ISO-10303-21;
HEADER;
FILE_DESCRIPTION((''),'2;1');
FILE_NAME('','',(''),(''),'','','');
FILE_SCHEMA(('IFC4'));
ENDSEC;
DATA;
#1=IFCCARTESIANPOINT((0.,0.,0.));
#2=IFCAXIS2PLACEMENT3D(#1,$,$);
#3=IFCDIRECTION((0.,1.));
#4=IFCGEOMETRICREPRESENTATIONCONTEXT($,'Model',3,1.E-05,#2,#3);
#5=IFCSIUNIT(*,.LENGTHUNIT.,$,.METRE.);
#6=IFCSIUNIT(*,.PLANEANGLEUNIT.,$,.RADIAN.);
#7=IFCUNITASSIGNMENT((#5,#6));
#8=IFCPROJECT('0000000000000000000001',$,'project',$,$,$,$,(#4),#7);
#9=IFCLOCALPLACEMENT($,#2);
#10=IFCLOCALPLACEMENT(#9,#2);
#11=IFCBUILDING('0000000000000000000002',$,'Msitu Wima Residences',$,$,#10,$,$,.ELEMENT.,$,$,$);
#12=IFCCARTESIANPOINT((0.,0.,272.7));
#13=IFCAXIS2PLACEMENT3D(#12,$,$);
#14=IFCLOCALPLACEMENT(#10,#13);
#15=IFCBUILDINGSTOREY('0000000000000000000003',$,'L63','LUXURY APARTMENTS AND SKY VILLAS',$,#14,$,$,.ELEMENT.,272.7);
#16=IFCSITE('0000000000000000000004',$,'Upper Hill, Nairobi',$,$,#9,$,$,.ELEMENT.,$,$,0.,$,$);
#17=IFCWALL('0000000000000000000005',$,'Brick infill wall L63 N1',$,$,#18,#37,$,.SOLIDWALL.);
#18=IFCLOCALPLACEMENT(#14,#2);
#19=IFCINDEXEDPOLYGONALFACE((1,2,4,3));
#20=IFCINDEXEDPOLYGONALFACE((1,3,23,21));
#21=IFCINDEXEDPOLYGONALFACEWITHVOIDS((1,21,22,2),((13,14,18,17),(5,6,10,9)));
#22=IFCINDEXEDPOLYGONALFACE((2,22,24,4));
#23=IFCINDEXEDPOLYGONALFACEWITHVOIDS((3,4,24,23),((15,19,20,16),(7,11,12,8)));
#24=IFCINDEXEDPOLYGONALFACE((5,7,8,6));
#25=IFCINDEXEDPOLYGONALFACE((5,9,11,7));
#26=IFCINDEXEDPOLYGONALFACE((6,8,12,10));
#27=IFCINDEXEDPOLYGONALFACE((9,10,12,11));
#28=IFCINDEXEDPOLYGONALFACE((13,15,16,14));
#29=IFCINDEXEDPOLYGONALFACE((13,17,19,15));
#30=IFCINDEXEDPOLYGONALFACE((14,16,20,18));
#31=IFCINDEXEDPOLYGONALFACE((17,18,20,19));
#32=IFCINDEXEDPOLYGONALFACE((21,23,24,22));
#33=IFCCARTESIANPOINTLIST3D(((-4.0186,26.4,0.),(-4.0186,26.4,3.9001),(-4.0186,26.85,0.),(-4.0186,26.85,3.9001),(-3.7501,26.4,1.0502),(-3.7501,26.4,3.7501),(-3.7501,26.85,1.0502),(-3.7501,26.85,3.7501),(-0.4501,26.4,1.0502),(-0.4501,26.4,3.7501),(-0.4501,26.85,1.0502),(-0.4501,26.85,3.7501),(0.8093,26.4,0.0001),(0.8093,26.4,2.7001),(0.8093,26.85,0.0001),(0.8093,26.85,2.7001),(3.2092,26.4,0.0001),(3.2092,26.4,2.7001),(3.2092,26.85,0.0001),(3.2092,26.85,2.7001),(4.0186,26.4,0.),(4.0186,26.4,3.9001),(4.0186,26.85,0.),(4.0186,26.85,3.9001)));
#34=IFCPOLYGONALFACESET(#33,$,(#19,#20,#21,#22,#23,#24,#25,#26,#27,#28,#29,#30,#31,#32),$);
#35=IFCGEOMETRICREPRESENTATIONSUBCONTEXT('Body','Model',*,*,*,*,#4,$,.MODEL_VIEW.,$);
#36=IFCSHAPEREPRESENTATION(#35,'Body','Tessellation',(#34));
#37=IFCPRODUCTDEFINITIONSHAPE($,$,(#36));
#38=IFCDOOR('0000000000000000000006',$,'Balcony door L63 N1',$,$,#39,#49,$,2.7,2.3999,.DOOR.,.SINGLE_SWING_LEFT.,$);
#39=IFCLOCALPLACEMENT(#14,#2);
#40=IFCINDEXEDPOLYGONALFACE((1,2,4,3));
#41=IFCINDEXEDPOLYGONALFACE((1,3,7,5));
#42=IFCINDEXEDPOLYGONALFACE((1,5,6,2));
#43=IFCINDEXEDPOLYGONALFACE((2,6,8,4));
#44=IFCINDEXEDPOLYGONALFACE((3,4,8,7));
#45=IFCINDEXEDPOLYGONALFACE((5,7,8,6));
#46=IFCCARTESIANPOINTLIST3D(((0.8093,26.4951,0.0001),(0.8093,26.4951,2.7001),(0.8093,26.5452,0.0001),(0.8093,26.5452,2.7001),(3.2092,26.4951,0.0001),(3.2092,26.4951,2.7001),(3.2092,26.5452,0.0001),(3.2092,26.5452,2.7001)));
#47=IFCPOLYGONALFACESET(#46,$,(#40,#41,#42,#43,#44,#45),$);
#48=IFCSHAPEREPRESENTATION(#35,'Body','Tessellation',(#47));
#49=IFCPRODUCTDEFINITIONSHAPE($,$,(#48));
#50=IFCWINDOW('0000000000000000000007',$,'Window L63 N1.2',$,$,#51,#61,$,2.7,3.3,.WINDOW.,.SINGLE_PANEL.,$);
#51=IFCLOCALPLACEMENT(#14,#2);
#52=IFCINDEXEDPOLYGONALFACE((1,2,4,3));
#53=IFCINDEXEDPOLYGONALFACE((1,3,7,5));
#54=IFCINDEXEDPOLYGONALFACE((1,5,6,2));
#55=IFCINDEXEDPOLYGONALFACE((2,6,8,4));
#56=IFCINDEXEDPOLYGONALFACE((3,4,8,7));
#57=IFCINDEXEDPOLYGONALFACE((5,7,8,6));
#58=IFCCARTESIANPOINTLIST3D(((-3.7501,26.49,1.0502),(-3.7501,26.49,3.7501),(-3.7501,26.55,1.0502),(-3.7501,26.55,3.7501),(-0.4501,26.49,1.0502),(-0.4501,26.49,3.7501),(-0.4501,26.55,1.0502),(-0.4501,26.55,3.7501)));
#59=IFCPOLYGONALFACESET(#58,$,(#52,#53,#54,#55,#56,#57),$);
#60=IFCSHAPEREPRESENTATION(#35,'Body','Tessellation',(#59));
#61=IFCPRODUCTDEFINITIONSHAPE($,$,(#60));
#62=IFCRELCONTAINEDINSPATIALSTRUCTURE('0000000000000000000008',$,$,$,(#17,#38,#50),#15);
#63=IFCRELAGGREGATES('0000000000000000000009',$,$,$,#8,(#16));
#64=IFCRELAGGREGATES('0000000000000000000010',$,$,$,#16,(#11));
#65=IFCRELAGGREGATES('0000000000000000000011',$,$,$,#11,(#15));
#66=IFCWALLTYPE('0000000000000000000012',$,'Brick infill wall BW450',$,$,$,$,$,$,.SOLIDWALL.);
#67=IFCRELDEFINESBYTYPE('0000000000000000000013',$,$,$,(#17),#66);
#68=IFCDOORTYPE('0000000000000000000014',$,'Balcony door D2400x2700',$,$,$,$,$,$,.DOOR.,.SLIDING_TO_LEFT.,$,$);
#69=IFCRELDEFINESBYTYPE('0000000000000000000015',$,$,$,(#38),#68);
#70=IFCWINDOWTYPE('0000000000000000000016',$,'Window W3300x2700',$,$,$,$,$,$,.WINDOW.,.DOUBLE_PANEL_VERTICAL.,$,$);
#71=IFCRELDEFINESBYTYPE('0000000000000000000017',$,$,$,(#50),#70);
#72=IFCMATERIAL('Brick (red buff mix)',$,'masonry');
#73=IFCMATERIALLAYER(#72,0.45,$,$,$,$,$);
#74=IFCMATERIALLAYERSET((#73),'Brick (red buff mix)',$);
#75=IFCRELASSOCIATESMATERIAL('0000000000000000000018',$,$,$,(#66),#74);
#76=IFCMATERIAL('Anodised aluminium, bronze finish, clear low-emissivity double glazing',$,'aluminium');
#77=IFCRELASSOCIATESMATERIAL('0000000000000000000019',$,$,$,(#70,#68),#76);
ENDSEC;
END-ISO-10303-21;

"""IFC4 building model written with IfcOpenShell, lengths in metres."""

from ifc_helpers import new_model, si_unit, direction, frame, frame_2d, origin, place, context, subcontext, project, spatial, rectangle, extrude, material, layer, layer_set, type_object, element, fill, save


model = new_model("IFC4")

# Units and contexts
model_context = context("Model", 3, precision=1e-05, world=origin(), true_north=direction((0.0, 1.0)))
body_context = subcontext(model_context, "Body", "Model", "MODEL_VIEW")
ifc_project = project(units=[si_unit("LENGTHUNIT", "METRE"), si_unit("PLANEANGLEUNIT", "RADIAN")], contexts=[model_context])

# Site, building, storey
site_placement = place(None, origin())
site = spatial("IfcSite", under=ifc_project, at=site_placement, Name="Upper Hill, Nairobi", CompositionType="ELEMENT", RefElevation=0.0)
building_placement = place(site_placement, origin())
building = spatial("IfcBuilding", under=site, at=building_placement, Name="Msitu Wima Residences", CompositionType="ELEMENT")
storey_placement = place(building_placement, frame((0.0, 0.0, 272.7)))
storey = spatial("IfcBuildingStorey", under=building, at=storey_placement, Name="L63", Description="LUXURY APARTMENTS AND SKY VILLAS", CompositionType="ELEMENT", Elevation=272.7)

# Shared definitions
ifc_material_1 = material(Name="Brick (red buff mix)", Category="masonry")
ifc_layer_1 = layer(ifc_material_1, 0.45)
ifc_layer_set_1 = layer_set([ifc_layer_1], Name="Brick (red buff mix)")
wall_type_1 = type_object("IfcWallType", Name="Brick infill wall BW450", PredefinedType="SOLIDWALL", material=ifc_layer_set_1)
ifc_material_2 = material(Name="Anodised aluminium, bronze finish, clear low-emissivity double glazing", Category="aluminium")
window_type = type_object("IfcWindowType", Name="Window W3300x2700", PartitioningType="DOUBLE_PANEL_VERTICAL", PredefinedType="WINDOW", material=ifc_material_2)

# Wall, openings, door, window
wall_1_placement = place(storey_placement, frame((4.0186, 26.625, 0.0), z_axis=(0.0, 0.0, 1.0), x_axis=(-1.0, 0.0, 0.0)))
wall_1 = element("IfcWall", 1, at=wall_1_placement, inside=storey, type_object=wall_type_1, Name="Brick infill wall L63 N1", PredefinedType="SOLIDWALL", context=body_context, shape_type="SweptSolid", body=[
    extrude(rectangle(XDim=8.0371, YDim=0.45, at=frame_2d((4.0186, 0.0))), origin(), (0.0, 0.0, 1.0), 3.9001),
])
opening_1_placement = place(wall_1_placement, frame((0.8093, 0.0, 0.0)))
opening_1 = element("IfcOpeningElement", 2, at=opening_1_placement, cuts=wall_1, PredefinedType="OPENING", context=body_context, shape_type="SweptSolid", body=[
    extrude(rectangle(XDim=2.3999, YDim=2.7, at=frame_2d((1.2, 1.3501))), frame((0.0, 0.2349, 0.0), z_axis=(0.0, -1.0, 0.0), x_axis=(1.0, 0.0, 0.0)), (0.0, 0.0, 1.0), 0.47),
])
opening_2_placement = place(wall_1_placement, frame((4.4688, 0.0, 1.05)))
opening_2 = element("IfcOpeningElement", 3, at=opening_2_placement, cuts=wall_1, PredefinedType="OPENING", context=body_context, shape_type="SweptSolid", body=[
    extrude(rectangle(XDim=3.3, YDim=2.7, at=frame_2d((1.6499, 1.3501))), frame((0.0, 0.2349, 0.0), z_axis=(0.0, -1.0, 0.0), x_axis=(1.0, 0.0, 0.0)), (0.0, 0.0, 1.0), 0.47),
])
door_type = type_object("IfcDoorType", Name="Balcony door D2400x2700", OperationType="SLIDING_TO_LEFT", PredefinedType="DOOR", material=ifc_material_2)
door_placement = place(opening_1_placement, origin())
door = element("IfcDoor", 4, at=door_placement, inside=storey, type_object=door_type, Name="Balcony door L63 N1", OperationType="SINGLE_SWING_LEFT", OverallHeight=2.7, OverallWidth=2.3999, PredefinedType="DOOR", context=body_context, shape_type="SweptSolid", body=[
    extrude(rectangle(XDim=2.3999, YDim=2.7, at=frame_2d((1.2, 1.3501))), frame((0.0, 0.1299, 0.0), z_axis=(0.0, -1.0, 0.0), x_axis=(1.0, 0.0, 0.0)), (0.0, 0.0, 1.0), 0.05),
])
fill(opening_1, door)
window_1_placement = place(opening_2_placement, origin())
window_1 = element("IfcWindow", 5, at=window_1_placement, inside=storey, type_object=window_type, Name="Window L63 N1.2", OverallHeight=2.7, OverallWidth=3.3, PartitioningType="SINGLE_PANEL", PredefinedType="WINDOW", context=body_context, shape_type="SweptSolid", body=[
    extrude(rectangle(XDim=3.3, YDim=2.7, at=frame_2d((1.6499, 1.3501))), frame((0.0, 0.135, 0.0), z_axis=(0.0, -1.0, 0.0), x_axis=(1.0, 0.0, 0.0)), (0.0, 0.0, 1.0), 0.0601),
])
fill(opening_2, window_1)

save(model, "model.ifc")
